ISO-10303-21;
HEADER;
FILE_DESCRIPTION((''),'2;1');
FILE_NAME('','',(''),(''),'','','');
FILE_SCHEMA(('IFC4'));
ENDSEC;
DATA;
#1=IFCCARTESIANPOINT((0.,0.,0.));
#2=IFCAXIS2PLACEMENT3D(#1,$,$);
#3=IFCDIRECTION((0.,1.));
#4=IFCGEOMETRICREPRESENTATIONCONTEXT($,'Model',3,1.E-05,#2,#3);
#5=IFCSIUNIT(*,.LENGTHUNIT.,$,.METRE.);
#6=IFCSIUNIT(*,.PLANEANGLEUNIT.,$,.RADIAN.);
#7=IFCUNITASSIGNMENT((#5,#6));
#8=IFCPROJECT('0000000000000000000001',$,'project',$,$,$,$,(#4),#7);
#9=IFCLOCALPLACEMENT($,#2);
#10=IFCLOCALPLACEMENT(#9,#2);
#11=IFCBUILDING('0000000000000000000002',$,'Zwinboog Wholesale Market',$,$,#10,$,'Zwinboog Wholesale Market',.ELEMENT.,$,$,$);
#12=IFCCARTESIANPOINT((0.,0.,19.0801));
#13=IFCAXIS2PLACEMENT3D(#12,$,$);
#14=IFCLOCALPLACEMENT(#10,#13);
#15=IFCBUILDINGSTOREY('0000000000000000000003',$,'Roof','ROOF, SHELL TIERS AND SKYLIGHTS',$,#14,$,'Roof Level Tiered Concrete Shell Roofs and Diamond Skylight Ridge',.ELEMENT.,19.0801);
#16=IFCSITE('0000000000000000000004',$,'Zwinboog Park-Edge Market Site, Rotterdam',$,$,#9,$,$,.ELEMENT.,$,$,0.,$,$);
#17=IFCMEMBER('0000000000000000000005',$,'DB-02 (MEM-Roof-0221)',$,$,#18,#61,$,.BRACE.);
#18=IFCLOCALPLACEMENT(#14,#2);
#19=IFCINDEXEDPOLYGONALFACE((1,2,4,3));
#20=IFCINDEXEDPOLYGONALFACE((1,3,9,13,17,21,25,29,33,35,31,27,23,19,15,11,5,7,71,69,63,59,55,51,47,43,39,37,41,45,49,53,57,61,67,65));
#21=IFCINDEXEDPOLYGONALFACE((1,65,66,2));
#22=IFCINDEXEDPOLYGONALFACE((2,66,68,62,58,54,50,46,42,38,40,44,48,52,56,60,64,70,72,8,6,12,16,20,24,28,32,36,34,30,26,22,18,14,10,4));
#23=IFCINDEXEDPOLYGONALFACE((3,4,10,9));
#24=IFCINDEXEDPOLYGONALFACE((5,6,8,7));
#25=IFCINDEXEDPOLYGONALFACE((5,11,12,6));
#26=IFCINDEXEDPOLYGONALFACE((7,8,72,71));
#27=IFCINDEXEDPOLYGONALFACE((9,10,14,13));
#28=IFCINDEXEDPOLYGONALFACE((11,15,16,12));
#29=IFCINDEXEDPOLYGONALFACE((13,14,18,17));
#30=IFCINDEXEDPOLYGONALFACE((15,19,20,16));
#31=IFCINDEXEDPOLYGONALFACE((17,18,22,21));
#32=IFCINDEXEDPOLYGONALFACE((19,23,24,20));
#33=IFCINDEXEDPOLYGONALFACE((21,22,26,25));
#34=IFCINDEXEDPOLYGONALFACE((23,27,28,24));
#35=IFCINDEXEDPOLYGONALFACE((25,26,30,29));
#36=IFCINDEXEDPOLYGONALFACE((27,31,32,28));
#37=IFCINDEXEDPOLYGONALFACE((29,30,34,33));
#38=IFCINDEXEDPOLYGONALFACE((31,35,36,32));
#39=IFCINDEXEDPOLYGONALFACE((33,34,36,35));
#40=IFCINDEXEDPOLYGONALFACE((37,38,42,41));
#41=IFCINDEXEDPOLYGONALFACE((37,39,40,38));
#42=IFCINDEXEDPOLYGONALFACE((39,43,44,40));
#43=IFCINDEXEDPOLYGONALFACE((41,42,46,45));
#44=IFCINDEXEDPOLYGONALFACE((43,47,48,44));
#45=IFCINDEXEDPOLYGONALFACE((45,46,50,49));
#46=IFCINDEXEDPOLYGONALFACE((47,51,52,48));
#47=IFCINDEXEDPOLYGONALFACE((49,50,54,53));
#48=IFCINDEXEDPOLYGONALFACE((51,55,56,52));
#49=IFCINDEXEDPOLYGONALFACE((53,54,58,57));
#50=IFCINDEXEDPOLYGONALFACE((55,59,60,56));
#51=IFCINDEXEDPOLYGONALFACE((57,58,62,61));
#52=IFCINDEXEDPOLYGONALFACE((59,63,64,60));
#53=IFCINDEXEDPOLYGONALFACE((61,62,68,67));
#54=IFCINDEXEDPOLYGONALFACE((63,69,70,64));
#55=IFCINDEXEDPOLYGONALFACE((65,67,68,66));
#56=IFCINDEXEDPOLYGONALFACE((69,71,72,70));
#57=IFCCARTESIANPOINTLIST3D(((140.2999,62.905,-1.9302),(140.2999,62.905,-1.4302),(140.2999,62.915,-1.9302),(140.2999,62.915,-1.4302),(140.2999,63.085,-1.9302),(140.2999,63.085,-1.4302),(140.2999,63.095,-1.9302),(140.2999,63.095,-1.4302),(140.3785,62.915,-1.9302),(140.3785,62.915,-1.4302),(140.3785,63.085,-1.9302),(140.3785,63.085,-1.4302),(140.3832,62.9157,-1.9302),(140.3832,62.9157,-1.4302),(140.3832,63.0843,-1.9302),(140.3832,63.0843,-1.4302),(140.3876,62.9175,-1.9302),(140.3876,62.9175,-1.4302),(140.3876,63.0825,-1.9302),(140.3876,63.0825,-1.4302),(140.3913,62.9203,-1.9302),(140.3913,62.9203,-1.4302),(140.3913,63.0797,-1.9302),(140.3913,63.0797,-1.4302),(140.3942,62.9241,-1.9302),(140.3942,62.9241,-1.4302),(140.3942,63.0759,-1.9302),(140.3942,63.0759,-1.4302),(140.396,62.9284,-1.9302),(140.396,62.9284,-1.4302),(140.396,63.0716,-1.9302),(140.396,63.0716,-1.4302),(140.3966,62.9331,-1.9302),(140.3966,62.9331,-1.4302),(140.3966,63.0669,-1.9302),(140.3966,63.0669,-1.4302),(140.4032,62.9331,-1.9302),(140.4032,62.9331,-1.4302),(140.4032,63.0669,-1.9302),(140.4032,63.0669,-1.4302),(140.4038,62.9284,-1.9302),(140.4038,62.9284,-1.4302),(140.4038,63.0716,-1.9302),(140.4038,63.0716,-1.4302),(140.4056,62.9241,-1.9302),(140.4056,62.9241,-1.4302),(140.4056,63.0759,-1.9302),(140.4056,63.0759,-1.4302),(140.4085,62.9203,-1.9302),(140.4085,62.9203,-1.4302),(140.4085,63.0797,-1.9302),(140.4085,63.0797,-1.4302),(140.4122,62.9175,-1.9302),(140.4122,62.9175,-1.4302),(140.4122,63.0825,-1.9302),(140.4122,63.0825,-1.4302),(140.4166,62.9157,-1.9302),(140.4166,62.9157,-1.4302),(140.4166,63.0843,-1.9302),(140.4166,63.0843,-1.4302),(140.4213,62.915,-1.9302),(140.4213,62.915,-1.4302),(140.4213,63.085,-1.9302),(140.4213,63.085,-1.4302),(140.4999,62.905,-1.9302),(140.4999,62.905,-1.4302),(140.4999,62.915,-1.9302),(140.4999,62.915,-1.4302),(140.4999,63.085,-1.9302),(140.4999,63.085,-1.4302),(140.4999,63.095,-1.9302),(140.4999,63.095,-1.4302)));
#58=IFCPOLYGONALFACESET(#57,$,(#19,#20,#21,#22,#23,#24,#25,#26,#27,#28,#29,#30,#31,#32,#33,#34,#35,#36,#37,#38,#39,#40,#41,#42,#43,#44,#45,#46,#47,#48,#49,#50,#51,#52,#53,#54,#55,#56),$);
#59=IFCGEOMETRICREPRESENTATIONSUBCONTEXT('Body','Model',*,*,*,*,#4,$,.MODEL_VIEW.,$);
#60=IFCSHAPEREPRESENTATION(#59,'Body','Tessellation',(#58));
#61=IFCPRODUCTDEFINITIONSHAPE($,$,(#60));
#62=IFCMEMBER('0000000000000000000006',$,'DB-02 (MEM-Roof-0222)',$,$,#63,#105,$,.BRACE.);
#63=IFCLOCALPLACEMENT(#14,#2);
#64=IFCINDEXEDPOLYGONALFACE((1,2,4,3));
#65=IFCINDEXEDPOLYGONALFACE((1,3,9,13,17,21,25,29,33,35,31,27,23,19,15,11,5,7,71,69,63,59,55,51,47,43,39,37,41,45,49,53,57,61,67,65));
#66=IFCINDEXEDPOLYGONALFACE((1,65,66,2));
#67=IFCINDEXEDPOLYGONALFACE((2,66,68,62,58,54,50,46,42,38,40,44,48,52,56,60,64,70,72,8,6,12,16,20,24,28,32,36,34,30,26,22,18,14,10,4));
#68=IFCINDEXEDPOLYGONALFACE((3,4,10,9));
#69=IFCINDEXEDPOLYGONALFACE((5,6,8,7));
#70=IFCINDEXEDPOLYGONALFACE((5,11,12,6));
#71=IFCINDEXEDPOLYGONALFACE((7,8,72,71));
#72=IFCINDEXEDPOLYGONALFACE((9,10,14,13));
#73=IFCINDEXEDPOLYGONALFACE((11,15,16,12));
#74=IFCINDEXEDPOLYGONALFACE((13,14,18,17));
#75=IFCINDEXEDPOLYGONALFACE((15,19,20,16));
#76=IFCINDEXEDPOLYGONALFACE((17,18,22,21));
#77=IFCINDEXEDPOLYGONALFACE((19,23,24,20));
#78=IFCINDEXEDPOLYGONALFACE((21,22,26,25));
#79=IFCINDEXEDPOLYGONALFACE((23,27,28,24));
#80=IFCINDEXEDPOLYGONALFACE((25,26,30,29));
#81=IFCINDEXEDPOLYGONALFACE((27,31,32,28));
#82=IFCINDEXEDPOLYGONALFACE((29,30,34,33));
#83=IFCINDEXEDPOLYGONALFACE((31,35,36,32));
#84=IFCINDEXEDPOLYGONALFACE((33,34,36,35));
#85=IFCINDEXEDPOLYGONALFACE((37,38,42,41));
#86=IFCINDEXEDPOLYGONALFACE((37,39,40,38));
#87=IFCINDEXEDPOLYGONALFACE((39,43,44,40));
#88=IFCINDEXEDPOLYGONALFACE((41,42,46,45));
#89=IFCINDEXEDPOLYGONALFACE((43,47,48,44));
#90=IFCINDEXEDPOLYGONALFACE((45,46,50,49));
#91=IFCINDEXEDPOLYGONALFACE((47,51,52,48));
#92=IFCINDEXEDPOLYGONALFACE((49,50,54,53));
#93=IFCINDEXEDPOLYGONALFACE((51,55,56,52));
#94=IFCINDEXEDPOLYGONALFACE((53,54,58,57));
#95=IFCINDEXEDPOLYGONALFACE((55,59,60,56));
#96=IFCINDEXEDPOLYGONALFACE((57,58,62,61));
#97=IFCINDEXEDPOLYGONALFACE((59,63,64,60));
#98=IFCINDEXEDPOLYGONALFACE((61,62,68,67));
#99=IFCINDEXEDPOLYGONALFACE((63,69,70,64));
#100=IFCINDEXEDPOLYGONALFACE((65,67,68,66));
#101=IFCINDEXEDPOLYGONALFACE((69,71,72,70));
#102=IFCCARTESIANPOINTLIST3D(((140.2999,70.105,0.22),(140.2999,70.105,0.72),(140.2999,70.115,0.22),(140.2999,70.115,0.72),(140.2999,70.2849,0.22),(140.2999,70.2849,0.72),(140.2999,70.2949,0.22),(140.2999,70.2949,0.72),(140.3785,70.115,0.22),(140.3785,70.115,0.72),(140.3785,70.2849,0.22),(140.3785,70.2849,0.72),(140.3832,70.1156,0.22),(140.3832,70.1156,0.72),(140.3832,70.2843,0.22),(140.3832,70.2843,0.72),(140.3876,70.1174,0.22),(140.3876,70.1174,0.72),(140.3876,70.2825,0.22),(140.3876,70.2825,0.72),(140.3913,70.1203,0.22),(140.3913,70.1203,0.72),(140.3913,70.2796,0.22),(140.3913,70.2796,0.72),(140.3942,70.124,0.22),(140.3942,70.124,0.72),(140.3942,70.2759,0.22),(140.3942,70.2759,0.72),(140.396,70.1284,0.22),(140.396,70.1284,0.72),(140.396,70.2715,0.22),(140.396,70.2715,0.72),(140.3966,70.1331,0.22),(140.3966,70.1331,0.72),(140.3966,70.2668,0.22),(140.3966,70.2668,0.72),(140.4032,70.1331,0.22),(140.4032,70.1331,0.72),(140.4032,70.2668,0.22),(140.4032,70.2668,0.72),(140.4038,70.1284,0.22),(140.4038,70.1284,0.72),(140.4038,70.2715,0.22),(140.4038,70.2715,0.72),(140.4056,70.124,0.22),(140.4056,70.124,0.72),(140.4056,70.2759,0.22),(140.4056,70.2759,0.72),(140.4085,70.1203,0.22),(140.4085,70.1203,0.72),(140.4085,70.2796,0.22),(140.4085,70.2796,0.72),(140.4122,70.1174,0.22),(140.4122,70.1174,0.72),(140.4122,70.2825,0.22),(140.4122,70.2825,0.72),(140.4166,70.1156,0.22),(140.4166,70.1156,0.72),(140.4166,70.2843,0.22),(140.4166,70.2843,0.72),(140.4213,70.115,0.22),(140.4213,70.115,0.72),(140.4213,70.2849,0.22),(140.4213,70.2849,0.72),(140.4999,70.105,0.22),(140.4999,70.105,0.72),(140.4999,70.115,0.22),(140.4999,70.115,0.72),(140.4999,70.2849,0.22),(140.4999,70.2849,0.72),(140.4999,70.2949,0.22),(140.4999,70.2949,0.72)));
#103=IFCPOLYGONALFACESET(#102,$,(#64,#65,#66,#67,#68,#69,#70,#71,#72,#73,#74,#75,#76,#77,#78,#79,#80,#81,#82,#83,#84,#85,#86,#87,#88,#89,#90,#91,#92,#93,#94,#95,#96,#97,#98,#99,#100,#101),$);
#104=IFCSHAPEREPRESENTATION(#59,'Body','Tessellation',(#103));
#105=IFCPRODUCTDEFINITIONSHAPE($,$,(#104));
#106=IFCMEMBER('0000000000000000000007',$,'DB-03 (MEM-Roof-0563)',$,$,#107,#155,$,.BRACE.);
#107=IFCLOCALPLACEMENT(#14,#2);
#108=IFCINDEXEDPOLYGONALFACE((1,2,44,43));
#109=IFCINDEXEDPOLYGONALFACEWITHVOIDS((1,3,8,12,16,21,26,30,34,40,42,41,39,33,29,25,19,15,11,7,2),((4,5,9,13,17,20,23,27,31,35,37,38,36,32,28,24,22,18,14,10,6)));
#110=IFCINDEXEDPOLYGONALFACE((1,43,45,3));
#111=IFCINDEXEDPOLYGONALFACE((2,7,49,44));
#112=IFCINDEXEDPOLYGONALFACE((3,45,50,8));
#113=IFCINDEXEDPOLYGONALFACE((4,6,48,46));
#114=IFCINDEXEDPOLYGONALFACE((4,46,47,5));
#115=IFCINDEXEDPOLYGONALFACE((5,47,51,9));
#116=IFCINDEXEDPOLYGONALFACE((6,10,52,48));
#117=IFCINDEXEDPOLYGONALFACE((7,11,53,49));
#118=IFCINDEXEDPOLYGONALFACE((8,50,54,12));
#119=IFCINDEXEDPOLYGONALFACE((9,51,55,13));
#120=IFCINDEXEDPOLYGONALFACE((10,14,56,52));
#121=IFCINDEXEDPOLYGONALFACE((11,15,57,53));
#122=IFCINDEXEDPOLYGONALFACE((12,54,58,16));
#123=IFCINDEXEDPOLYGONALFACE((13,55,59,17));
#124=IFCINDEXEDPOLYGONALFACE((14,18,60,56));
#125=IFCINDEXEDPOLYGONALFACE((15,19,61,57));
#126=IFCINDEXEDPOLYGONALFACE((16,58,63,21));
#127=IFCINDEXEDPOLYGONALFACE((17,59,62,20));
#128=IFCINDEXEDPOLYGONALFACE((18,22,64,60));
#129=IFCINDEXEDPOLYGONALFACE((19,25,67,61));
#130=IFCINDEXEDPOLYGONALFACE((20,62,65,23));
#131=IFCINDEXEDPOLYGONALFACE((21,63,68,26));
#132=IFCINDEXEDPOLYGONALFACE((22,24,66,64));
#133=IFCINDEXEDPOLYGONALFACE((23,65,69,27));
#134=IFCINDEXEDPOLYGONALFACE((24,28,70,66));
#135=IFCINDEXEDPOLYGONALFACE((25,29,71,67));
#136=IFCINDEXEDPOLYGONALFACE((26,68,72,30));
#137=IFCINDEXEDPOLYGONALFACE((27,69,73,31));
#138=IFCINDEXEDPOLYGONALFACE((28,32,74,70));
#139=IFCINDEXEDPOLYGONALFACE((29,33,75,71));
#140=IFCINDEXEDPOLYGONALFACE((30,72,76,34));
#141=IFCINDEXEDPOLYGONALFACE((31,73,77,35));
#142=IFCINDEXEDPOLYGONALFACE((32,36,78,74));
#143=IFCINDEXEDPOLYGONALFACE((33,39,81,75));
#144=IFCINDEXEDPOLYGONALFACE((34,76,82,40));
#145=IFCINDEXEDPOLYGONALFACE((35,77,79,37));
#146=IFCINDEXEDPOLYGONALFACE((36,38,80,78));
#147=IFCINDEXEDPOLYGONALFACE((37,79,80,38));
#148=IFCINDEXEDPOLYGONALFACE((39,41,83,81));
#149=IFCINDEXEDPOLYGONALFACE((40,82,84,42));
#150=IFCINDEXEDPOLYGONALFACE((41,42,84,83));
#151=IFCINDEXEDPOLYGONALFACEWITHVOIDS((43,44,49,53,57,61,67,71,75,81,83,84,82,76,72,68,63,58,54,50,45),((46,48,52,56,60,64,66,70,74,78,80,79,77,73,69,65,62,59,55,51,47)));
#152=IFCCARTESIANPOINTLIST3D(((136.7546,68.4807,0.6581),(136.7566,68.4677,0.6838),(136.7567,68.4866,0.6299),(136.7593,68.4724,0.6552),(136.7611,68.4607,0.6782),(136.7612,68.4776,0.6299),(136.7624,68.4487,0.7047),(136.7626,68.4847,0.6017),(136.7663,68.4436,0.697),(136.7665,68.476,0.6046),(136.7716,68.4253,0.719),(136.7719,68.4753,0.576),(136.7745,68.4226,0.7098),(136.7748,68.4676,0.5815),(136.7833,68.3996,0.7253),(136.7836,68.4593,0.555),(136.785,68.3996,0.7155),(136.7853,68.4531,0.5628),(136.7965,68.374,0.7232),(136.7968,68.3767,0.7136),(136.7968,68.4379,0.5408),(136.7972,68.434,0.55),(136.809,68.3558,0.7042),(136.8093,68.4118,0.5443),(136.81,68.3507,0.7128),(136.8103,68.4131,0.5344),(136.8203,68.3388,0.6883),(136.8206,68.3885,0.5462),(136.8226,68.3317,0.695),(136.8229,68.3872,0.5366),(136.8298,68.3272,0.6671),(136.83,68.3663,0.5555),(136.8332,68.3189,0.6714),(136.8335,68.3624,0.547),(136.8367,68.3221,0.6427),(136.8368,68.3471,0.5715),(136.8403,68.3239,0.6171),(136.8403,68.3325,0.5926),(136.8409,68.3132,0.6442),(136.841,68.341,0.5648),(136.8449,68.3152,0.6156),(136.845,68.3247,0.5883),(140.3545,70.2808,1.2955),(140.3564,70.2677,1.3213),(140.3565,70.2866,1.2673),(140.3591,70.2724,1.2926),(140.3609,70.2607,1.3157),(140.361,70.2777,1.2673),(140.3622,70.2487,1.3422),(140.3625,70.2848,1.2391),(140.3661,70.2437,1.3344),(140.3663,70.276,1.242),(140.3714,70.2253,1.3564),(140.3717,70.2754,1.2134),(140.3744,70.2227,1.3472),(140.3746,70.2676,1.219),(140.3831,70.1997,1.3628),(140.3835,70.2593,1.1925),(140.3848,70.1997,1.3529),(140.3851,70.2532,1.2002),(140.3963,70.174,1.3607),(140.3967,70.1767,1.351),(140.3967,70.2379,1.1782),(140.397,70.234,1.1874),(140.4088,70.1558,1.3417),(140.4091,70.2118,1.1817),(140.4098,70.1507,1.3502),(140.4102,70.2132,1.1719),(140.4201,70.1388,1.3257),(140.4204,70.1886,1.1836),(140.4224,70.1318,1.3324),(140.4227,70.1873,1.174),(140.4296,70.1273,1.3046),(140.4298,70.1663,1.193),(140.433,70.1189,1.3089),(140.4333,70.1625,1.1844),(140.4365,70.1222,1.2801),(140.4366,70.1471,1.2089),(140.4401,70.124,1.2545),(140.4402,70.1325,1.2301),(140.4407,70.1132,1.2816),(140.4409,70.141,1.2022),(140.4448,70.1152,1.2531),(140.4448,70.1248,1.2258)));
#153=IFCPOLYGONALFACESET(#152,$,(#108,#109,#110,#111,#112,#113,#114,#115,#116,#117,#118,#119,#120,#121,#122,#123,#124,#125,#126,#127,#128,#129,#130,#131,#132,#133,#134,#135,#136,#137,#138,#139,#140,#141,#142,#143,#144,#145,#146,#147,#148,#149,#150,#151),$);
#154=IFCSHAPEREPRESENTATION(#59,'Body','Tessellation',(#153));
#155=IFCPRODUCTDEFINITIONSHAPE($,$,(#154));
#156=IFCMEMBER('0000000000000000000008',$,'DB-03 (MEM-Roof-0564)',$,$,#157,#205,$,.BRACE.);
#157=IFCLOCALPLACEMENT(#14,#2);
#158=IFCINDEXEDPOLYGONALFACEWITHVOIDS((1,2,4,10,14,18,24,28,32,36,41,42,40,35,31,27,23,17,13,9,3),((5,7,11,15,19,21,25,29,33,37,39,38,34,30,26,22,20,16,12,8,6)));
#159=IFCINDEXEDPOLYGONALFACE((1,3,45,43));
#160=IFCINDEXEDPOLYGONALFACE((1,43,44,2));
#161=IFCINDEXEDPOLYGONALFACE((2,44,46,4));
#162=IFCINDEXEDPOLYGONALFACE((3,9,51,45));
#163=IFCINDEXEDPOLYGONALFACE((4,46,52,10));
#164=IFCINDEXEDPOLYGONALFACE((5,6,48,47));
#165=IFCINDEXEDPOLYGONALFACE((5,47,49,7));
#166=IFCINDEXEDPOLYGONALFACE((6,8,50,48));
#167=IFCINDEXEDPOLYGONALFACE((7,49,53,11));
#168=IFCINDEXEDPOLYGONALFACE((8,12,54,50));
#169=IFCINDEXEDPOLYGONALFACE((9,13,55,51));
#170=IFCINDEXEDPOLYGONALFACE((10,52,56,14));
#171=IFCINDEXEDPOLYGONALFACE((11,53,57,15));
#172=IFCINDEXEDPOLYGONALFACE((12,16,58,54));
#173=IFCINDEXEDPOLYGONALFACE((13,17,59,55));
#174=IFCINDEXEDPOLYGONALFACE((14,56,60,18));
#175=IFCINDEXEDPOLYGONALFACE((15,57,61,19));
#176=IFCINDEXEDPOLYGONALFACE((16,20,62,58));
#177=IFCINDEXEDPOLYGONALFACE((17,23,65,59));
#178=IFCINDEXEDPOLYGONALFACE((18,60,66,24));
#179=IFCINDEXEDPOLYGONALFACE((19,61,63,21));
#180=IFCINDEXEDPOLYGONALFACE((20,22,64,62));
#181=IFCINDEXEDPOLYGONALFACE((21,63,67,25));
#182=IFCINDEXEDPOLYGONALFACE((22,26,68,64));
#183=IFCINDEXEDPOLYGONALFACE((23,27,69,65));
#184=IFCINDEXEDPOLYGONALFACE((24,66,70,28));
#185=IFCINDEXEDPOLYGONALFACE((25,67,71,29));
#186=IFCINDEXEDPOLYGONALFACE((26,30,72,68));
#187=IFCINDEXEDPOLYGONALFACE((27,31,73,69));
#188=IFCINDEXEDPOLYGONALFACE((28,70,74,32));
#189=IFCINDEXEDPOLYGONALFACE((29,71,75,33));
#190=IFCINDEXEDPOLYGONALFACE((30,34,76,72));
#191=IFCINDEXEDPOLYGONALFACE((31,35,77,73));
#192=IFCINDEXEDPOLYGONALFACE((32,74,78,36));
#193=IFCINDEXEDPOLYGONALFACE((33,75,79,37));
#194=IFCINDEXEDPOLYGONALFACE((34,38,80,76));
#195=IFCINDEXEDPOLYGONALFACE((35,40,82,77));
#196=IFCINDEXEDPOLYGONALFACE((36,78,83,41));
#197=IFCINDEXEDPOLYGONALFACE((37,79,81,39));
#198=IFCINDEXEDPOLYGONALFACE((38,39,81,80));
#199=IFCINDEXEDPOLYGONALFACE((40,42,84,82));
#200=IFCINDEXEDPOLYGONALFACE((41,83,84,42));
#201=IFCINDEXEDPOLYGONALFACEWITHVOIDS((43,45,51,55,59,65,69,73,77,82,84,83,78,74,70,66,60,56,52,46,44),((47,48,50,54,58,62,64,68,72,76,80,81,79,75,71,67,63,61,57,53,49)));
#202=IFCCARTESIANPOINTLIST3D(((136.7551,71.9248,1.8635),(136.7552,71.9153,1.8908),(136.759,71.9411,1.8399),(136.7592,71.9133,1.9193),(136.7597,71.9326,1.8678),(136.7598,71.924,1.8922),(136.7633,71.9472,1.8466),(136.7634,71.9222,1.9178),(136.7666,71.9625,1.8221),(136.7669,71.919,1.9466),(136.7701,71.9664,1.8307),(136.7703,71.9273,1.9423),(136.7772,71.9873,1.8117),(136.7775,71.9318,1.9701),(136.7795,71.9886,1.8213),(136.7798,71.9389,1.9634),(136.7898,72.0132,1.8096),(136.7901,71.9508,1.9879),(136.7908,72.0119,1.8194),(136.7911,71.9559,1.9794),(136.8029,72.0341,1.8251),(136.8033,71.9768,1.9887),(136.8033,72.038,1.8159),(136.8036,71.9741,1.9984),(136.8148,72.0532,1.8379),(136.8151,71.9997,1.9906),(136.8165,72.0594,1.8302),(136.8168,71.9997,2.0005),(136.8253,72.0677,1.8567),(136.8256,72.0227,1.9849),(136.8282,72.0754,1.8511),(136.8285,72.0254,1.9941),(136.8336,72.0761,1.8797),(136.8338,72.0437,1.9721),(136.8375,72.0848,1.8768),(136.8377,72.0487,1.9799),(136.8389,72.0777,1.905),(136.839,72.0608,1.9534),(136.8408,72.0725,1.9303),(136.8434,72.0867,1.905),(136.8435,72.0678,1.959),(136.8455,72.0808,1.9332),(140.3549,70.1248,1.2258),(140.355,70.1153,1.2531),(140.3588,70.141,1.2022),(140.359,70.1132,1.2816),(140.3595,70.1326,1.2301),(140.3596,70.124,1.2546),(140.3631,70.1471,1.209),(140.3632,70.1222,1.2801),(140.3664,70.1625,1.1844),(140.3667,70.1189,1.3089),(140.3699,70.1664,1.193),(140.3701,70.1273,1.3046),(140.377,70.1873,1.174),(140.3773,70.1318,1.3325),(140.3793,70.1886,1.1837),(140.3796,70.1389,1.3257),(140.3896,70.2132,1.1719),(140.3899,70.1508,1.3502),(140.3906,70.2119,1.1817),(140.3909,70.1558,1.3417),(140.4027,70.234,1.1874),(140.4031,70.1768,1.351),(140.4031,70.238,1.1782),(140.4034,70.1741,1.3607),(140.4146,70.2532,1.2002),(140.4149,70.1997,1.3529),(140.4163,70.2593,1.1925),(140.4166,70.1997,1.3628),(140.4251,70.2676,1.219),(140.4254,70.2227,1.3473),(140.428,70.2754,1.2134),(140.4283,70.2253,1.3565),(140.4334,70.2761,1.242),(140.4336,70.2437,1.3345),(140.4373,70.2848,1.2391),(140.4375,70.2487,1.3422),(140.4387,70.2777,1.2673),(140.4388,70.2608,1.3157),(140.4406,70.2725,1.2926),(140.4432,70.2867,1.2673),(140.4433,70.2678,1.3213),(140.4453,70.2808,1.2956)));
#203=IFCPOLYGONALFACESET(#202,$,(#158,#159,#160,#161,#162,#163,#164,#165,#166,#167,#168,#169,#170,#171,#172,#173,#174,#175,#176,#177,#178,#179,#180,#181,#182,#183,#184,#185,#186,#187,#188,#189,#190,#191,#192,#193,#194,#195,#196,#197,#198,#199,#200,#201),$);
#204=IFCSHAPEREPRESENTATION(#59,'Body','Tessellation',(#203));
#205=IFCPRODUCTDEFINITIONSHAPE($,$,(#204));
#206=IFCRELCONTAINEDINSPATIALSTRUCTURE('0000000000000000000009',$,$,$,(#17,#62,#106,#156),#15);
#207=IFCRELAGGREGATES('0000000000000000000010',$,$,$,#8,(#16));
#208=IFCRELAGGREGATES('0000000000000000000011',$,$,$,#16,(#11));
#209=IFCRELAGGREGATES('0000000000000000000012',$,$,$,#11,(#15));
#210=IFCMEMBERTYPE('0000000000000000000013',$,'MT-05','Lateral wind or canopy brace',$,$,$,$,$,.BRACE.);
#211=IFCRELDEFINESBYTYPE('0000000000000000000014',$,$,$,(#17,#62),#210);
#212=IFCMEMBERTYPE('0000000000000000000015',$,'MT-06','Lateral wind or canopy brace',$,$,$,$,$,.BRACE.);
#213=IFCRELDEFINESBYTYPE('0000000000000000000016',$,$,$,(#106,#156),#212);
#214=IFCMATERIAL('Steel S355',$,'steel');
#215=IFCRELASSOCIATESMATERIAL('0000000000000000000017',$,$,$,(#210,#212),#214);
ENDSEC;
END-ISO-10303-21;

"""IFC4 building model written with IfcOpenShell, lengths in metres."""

from ifc_helpers import new_model, si_unit, direction, frame, origin, origin_2d, place, context, subcontext, project, spatial, hollow_circle, i_section, extrude, material, material_profile, profile_set, type_object, element, save


model = new_model("IFC4")

# Units and contexts
model_context = context("Model", 3, precision=1e-05, world=origin(), true_north=direction((0.0, 1.0)))
body_context = subcontext(model_context, "Body", "Model", "MODEL_VIEW")
ifc_project = project(units=[si_unit("LENGTHUNIT", "METRE"), si_unit("PLANEANGLEUNIT", "RADIAN")], contexts=[model_context])

# Site, building, storey
site_placement = place(None, origin())
site = spatial("IfcSite", under=ifc_project, at=site_placement, Name="Zwinboog Park-Edge Market Site, Rotterdam", CompositionType="ELEMENT", RefElevation=0.0)
building_placement = place(site_placement, origin())
building = spatial("IfcBuilding", under=site, at=building_placement, Name="Zwinboog Wholesale Market", LongName="Zwinboog Wholesale Market", CompositionType="ELEMENT")
storey_placement = place(building_placement, frame((0.0, 0.0, 19.0801)))
storey = spatial("IfcBuildingStorey", under=building, at=storey_placement, Name="Roof", Description="ROOF, SHELL TIERS AND SKYLIGHTS", LongName="Roof Level Tiered Concrete Shell Roofs and Diamond Skylight Ridge", CompositionType="ELEMENT", Elevation=19.0801)

# Members
ifc_material_1 = material(Name="Steel S355", Category="steel")
ifc_material_profile_1 = material_profile(ifc_material_1, i_section(OverallWidth=0.2, OverallDepth=0.1899, WebThickness=0.0066, FlangeThickness=0.01, FilletRadius=0.0181, at=origin_2d()), Name="HEA 200")
ifc_profile_set_1 = profile_set([ifc_material_profile_1], Name="Steel S355")
member_type_1 = type_object("IfcMemberType", Name="MT-05", Description="Lateral wind or canopy brace", PredefinedType="BRACE", material=ifc_profile_set_1)
for number, where, z_axis, x_axis, name in (
    (1, (140.3999, 63.0, -1.9302), (0.0, 0.0, 1.0), (1.0, 0.0, 0.0), "DB-02 (MEM-Roof-0221)"),
    (2, (140.3999, 70.2, 0.22), (0.0, 0.0, 1.0), (1.0, 0.0, 0.0), "DB-02 (MEM-Roof-0222)"),
):
    element("IfcMember", number, at=place(storey_placement, frame(where, z_axis=z_axis, x_axis=x_axis)), inside=storey, type_object=member_type_1, Name=name, PredefinedType="BRACE", context=body_context, shape_type="SweptSolid", body=[
        extrude(i_section(OverallWidth=0.2, OverallDepth=0.1899, WebThickness=0.0066, FlangeThickness=0.01, FilletRadius=0.0181, at=origin_2d()), origin(), (0.0, 0.0, 1.0), 0.5),
    ])
ifc_material_profile_2 = material_profile(ifc_material_1, hollow_circle(Radius=0.0969, WallThickness=0.01, at=origin_2d()), Name="CHS 193.7x10")
ifc_profile_set_2 = profile_set([ifc_material_profile_2], Name="Steel S355")
member_type_2 = type_object("IfcMemberType", Name="MT-06", Description="Lateral wind or canopy brace", PredefinedType="BRACE", material=ifc_profile_set_2)
for number, where, z_axis, x_axis, name in (
    (3, (136.8, 68.3999, 0.6299), (0.883404, 0.441732, 0.15643), (-0.447238, 0.894415, 0.0), "DB-03 (MEM-Roof-0563)"),
    (4, (136.8, 72.0, 1.905), (0.883396, -0.441728, -0.156489), (0.447238, 0.894415, 0.0), "DB-03 (MEM-Roof-0564)"),
):
    element("IfcMember", number, at=place(storey_placement, frame(where, z_axis=z_axis, x_axis=x_axis)), inside=storey, type_object=member_type_2, Name=name, PredefinedType="BRACE", context=body_context, shape_type="SweptSolid", body=[
        extrude(hollow_circle(Radius=0.0969, WallThickness=0.01, at=origin_2d()), origin(), (0.0, 0.0, 1.0), 4.075),
    ])

save(model, "model.ifc")
